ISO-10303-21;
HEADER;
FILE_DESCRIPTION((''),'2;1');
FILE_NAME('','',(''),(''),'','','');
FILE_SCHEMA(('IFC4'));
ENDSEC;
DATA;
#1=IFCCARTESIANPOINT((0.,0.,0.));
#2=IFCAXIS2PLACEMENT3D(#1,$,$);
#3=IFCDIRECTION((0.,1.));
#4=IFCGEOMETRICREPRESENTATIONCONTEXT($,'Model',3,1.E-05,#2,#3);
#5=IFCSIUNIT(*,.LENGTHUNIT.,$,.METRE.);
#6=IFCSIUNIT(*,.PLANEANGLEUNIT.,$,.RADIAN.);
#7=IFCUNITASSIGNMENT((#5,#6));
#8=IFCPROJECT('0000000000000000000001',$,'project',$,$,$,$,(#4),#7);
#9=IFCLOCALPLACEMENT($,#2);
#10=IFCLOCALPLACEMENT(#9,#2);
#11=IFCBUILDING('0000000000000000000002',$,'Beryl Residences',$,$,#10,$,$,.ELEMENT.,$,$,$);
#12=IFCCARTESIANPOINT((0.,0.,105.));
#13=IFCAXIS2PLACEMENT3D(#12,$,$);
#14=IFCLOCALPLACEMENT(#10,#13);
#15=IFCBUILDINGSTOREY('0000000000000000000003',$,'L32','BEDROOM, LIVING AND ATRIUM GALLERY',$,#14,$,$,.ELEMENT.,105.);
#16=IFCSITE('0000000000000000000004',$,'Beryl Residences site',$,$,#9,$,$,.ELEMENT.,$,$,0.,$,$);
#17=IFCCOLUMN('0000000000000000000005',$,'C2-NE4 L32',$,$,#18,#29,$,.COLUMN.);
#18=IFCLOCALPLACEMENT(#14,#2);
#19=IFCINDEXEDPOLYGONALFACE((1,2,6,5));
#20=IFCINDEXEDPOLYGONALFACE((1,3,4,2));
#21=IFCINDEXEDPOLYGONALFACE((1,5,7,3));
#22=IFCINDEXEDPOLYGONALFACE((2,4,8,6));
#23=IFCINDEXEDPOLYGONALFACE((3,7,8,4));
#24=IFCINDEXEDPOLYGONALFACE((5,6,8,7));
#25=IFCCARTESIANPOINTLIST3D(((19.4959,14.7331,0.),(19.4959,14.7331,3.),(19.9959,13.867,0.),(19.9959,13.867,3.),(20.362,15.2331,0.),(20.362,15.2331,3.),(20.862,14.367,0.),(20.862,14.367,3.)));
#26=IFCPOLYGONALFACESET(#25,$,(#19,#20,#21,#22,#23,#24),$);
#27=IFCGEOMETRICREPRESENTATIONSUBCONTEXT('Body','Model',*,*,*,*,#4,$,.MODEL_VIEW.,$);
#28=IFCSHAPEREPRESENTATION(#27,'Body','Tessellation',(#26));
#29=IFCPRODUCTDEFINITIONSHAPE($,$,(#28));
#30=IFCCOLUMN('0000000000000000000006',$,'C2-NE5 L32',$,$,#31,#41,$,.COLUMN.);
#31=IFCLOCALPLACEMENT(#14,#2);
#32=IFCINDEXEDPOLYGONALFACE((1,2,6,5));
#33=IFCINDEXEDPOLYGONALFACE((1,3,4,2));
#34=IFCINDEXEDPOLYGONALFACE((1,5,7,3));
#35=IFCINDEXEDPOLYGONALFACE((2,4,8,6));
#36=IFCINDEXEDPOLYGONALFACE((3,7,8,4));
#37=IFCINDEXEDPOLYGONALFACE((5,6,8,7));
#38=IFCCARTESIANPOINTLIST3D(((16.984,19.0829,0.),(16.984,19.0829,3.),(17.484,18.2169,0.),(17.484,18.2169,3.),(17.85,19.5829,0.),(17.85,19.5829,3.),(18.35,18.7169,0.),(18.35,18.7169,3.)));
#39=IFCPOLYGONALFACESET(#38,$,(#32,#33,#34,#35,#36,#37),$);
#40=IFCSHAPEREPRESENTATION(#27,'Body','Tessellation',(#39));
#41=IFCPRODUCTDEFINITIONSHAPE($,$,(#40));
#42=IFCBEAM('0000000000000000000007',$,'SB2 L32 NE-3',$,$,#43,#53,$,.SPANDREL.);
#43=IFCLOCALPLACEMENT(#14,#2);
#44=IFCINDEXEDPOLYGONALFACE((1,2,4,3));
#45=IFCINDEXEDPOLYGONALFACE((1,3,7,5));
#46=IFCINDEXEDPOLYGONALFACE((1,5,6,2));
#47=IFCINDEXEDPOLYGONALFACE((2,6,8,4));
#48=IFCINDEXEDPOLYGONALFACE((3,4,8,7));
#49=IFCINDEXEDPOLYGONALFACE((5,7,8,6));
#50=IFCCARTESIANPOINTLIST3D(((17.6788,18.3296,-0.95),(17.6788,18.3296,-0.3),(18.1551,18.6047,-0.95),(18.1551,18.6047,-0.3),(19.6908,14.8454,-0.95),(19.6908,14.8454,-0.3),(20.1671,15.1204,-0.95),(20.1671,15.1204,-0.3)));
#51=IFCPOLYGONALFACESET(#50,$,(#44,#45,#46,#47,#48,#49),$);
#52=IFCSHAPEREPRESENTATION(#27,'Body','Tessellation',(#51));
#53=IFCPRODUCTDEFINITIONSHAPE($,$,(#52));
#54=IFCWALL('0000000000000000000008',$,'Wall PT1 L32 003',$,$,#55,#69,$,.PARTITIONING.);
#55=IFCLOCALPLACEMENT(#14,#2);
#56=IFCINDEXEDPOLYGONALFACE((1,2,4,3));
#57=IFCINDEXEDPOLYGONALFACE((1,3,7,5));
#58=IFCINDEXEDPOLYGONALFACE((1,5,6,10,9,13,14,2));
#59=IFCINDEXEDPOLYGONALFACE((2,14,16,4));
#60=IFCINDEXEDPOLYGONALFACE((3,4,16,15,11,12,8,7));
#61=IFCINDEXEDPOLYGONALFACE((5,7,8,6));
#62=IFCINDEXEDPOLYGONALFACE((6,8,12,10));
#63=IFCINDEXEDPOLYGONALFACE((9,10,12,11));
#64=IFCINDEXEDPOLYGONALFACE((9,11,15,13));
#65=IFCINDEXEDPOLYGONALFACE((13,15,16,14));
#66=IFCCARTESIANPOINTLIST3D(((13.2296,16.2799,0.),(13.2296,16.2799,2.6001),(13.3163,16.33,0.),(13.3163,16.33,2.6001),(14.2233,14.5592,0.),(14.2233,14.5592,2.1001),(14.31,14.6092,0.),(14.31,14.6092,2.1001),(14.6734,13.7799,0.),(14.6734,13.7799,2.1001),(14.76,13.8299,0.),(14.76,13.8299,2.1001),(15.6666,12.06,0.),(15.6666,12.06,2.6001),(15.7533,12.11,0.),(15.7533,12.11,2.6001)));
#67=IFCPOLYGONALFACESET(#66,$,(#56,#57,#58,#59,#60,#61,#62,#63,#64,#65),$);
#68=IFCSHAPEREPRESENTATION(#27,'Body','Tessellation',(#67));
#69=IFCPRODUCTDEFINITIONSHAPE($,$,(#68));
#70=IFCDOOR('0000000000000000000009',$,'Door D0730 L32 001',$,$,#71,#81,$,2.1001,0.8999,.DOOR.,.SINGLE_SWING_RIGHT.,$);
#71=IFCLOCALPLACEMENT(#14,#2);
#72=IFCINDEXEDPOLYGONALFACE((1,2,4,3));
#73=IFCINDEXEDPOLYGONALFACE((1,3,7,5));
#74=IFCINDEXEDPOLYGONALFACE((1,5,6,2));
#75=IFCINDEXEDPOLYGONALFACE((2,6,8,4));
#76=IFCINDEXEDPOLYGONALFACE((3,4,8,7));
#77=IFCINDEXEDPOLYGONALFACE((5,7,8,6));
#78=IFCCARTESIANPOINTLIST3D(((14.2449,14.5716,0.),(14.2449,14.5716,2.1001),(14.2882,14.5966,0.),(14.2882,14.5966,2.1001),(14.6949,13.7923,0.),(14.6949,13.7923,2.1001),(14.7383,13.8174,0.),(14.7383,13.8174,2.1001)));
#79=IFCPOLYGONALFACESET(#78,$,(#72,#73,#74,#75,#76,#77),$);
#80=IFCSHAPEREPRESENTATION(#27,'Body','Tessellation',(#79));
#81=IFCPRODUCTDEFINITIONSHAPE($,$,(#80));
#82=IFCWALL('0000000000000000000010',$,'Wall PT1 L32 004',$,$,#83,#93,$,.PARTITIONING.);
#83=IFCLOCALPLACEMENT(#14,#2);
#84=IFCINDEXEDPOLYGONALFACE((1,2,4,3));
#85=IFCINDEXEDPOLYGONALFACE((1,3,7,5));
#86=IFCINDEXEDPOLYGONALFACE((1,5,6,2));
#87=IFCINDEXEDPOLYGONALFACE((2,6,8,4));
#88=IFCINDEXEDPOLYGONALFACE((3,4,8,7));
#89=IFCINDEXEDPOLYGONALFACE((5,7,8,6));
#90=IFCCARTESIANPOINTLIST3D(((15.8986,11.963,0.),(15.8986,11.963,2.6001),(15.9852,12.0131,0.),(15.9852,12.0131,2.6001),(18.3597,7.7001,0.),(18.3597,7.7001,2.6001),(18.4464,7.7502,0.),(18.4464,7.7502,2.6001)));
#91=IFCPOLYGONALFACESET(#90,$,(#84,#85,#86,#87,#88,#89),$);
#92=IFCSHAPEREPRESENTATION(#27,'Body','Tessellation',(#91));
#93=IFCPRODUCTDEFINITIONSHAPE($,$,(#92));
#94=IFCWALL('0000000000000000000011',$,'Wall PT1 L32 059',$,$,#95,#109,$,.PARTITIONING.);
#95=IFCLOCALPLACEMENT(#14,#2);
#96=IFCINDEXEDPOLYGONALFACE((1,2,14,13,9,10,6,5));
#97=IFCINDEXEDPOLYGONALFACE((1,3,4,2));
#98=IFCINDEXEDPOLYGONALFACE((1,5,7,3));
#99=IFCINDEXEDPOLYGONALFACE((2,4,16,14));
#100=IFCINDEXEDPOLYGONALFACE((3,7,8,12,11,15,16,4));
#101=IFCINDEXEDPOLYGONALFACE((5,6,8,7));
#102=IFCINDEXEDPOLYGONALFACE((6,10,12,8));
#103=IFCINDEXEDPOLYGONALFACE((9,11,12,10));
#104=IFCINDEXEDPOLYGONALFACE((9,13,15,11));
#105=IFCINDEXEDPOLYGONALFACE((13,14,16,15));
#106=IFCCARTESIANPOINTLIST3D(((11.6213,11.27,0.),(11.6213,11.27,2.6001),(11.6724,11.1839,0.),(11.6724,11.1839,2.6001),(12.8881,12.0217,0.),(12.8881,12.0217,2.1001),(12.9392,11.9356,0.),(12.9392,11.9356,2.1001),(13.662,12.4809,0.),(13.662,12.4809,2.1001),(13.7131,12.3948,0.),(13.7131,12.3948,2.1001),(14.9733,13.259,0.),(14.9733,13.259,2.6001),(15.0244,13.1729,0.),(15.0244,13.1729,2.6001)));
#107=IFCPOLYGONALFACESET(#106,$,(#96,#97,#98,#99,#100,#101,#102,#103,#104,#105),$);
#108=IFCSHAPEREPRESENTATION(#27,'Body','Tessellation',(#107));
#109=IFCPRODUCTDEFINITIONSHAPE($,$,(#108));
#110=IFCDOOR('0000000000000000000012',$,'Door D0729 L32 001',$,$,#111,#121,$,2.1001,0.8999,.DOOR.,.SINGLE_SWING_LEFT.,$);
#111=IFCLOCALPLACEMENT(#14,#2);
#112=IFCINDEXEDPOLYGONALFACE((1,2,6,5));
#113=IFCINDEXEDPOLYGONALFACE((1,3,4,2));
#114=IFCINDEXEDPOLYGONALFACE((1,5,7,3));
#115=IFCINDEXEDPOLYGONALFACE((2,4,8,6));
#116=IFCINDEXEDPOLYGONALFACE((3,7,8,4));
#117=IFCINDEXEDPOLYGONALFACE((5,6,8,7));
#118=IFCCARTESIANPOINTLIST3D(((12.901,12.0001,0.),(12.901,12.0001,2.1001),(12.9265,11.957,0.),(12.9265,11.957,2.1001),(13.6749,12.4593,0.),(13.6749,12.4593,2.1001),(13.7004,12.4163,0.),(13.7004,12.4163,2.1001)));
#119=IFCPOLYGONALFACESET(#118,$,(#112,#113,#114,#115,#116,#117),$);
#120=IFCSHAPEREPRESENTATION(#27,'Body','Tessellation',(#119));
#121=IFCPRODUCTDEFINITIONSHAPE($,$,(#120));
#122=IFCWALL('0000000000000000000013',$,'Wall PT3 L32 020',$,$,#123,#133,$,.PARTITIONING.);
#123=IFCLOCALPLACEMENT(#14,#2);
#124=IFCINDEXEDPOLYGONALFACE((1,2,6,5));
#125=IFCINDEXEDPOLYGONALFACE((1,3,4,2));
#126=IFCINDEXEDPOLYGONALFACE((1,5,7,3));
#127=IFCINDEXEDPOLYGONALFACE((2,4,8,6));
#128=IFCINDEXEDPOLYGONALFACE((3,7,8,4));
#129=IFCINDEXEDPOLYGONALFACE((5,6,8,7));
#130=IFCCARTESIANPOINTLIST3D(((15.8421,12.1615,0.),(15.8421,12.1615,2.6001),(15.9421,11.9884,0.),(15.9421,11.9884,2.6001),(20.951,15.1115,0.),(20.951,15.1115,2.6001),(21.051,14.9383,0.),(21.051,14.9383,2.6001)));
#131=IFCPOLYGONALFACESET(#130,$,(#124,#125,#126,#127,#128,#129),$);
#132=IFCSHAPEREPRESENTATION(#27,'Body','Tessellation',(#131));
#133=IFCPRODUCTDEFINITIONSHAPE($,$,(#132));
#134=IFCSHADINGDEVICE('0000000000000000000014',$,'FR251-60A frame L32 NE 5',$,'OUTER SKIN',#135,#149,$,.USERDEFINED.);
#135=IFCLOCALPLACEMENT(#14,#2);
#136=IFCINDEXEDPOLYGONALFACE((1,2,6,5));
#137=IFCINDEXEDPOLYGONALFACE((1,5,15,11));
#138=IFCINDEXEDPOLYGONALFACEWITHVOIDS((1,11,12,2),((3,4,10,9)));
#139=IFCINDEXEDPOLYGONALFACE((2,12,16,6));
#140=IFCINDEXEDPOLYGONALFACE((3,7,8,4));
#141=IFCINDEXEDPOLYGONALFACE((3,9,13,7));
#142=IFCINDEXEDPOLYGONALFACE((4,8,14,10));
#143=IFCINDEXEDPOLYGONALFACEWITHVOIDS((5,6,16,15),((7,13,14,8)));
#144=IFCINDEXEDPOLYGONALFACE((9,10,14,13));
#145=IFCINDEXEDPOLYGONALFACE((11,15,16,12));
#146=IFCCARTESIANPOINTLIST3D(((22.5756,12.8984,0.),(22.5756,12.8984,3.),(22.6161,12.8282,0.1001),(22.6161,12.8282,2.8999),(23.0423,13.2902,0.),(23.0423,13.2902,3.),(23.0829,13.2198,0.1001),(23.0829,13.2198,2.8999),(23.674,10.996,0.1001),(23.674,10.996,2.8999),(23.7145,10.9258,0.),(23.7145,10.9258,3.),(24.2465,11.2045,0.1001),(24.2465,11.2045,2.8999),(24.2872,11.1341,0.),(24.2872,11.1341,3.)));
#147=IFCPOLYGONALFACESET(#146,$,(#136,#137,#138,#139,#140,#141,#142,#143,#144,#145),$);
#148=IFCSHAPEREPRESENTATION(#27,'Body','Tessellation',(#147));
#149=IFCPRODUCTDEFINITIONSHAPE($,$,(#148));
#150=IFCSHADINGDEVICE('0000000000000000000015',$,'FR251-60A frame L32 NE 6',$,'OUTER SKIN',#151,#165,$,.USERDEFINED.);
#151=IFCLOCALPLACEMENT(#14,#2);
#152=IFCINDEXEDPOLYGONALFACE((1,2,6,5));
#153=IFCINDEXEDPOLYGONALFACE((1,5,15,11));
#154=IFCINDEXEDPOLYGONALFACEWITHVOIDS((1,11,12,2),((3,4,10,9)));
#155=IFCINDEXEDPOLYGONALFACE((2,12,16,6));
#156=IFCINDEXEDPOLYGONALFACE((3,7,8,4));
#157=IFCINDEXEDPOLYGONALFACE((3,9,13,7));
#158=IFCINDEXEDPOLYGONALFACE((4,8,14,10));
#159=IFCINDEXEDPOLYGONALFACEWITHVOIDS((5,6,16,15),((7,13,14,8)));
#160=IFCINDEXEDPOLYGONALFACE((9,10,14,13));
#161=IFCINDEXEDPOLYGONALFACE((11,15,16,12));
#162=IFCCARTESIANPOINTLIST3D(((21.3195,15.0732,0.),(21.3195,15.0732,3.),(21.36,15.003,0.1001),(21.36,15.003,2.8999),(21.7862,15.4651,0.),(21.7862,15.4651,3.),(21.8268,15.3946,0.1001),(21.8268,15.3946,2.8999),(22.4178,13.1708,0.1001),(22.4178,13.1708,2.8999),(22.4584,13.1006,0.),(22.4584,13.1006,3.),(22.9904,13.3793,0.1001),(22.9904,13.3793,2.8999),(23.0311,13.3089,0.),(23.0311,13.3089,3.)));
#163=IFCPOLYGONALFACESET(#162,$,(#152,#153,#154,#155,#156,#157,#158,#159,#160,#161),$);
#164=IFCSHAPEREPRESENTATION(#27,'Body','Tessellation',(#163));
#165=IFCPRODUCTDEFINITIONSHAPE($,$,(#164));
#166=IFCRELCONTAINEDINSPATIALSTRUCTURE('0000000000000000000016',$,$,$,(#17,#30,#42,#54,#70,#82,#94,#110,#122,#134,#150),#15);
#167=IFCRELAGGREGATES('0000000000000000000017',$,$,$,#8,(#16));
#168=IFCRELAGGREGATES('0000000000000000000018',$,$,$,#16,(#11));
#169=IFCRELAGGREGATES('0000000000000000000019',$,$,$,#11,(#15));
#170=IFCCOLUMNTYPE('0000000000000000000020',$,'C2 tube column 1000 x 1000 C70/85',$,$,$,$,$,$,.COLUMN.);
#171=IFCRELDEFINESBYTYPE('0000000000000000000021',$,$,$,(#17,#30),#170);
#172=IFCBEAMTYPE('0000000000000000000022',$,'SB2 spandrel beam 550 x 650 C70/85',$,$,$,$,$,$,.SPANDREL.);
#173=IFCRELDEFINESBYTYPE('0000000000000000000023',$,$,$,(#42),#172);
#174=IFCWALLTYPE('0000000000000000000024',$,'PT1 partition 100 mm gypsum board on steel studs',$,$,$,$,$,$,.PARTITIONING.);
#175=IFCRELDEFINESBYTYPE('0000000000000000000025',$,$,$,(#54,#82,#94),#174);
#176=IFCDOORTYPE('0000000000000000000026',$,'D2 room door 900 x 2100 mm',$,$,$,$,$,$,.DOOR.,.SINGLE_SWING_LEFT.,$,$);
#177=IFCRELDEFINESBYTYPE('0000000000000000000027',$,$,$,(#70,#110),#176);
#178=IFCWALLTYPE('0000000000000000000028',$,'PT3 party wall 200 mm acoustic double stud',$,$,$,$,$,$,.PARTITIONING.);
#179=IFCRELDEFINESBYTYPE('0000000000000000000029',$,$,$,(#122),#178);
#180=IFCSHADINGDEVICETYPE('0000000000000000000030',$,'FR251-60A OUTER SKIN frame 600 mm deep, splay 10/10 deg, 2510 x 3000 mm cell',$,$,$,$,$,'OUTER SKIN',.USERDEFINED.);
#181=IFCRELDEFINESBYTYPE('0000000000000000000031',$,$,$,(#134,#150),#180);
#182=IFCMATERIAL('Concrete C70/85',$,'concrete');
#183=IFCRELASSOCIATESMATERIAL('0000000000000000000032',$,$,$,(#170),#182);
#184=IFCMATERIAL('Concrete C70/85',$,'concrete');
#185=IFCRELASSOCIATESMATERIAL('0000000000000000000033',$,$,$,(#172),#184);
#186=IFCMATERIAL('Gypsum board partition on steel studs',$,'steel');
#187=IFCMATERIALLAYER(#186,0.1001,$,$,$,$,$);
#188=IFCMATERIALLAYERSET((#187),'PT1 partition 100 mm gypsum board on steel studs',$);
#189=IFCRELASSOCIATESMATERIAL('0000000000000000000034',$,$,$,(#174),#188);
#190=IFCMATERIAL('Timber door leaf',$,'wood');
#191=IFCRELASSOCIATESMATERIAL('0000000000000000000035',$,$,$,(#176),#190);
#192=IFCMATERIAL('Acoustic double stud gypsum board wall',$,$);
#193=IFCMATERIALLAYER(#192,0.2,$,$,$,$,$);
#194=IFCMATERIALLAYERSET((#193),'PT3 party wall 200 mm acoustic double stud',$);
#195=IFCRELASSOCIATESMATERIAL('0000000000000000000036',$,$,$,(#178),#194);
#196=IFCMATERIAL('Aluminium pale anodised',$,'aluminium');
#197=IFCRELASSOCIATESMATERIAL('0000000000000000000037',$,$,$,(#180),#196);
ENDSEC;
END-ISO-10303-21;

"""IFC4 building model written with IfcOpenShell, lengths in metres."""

from ifc_helpers import new_model, entity, si_unit, direction, frame, frame_2d, origin, origin_2d, place, context, subcontext, project, spatial, rectangle, extrude, source, transform, mapped, material, layer, layer_set, material_profile, profile_set, type_object, type_shapes, element, fill, save


model = new_model("IFC4")

# Units and contexts
model_context = context("Model", 3, precision=1e-05, world=origin(), true_north=direction((0.0, 1.0)))
body_context = subcontext(model_context, "Body", "Model", "MODEL_VIEW")
ifc_project = project(units=[si_unit("LENGTHUNIT", "METRE"), si_unit("PLANEANGLEUNIT", "RADIAN")], contexts=[model_context])

# Site, building, storey
site_placement = place(None, origin())
site = spatial("IfcSite", under=ifc_project, at=site_placement, Name="Beryl Residences site", CompositionType="ELEMENT", RefElevation=0.0)
building_placement = place(site_placement, origin())
building = spatial("IfcBuilding", under=site, at=building_placement, Name="Beryl Residences", CompositionType="ELEMENT")
storey_placement = place(building_placement, frame((0.0, 0.0, 105.0)))
storey = spatial("IfcBuildingStorey", under=building, at=storey_placement, Name="L32", Description="BEDROOM, LIVING AND ATRIUM GALLERY", CompositionType="ELEMENT", Elevation=105.0)

# Columns
ifc_material_1 = material(Name="Concrete C70/85", Category="concrete")
ifc_material_profile_1 = material_profile(ifc_material_1, rectangle(XDim=1.0, YDim=1.0, at=origin_2d()))
ifc_profile_set_1 = profile_set([ifc_material_profile_1], Name="Concrete C70/85")
column_type = type_object("IfcColumnType", Name="C2 tube column 1000 x 1000 C70/85", PredefinedType="COLUMN", material=ifc_profile_set_1)
for number, where, z_axis, x_axis, name in (
    (1, (20.179, 14.55, 0.0), (0.0, 0.0, 1.0), (-0.5, 0.866025, 0.0), "C2-NE4 L32"),
    (2, (17.667, 18.8999, 0.0), (0.0, 0.0, 1.0), (-0.5, 0.866025, 0.0), "C2-NE5 L32"),
):
    element("IfcColumn", number, at=place(storey_placement, frame(where, z_axis=z_axis, x_axis=x_axis)), inside=storey, type_object=column_type, Name=name, PredefinedType="COLUMN", context=body_context, shape_type="SweptSolid", body=[
        extrude(rectangle(XDim=1.0, YDim=1.0, at=origin_2d()), origin(), (0.0, 0.0, 1.0), 3.0),
    ])

# Beam
ifc_material_2 = material(Name="Concrete C70/85", Category="concrete")
ifc_material_profile_2 = material_profile(ifc_material_2, rectangle(XDim=0.55, YDim=0.6499, at=origin_2d()))
ifc_profile_set_2 = profile_set([ifc_material_profile_2], Name="Concrete C70/85")
beam_type = type_object("IfcBeamType", Name="SB2 spandrel beam 550 x 650 C70/85", PredefinedType="SPANDREL", material=ifc_profile_set_2)
beam_placement = place(storey_placement, frame((19.929, 14.9829, -0.625), z_axis=(-0.500074, 0.865982, 0.0), x_axis=(-0.865982, -0.500074, 0.0)))
element("IfcBeam", 3, at=beam_placement, inside=storey, type_object=beam_type, Name="SB2 L32 NE-3", PredefinedType="SPANDREL", context=body_context, shape_type="SweptSolid", body=[
    extrude(rectangle(XDim=0.55, YDim=0.6499, at=origin_2d()), origin(), (0.0, 0.0, 1.0), 4.0234),
])

# Wall, opening, door
ifc_material_3 = material(Name="Gypsum board partition on steel studs", Category="steel")
ifc_layer_1 = layer(ifc_material_3, 0.1001)
ifc_layer_set_1 = layer_set([ifc_layer_1], Name="PT1 partition 100 mm gypsum board on steel studs")
wall_type_1 = type_object("IfcWallType", Name="PT1 partition 100 mm gypsum board on steel studs", PredefinedType="PARTITIONING", material=ifc_layer_set_1)
wall_1_placement = place(storey_placement, frame((13.2729, 16.3049, 0.0), z_axis=(0.0, 0.0, 1.0), x_axis=(0.500094, -0.865971, 0.0)))
wall_1 = element("IfcWall", 4, at=wall_1_placement, inside=storey, type_object=wall_type_1, Name="Wall PT1 L32 003", PredefinedType="PARTITIONING", context=body_context, shape_type="SweptSolid", body=[
    extrude(rectangle(XDim=4.873, YDim=0.1001, at=frame_2d((2.4365, 0.0))), origin(), (0.0, 0.0, 1.0), 2.6001),
])
opening_1_placement = place(wall_1_placement, frame((1.9871, 0.0, 0.0)))
opening_1 = element("IfcOpeningElement", 5, at=opening_1_placement, cuts=wall_1, PredefinedType="OPENING", context=body_context, shape_type="SweptSolid", body=[
    extrude(rectangle(XDim=0.8999, YDim=2.1001, at=frame_2d((0.45, 1.05))), frame((0.0, 0.0601, 0.0), z_axis=(0.0, -1.0, 0.0), x_axis=(1.0, 0.0, 0.0)), (0.0, 0.0, 1.0), 0.1201),
])
ifc_material_4 = material(Name="Timber door leaf", Category="wood")
door_type = type_object("IfcDoorType", Name="D2 room door 900 x 2100 mm", OperationType="SINGLE_SWING_LEFT", PredefinedType="DOOR", material=ifc_material_4)
door_1_placement = place(opening_1_placement, origin())
door_1 = element("IfcDoor", 6, at=door_1_placement, inside=storey, type_object=door_type, Name="Door D0730 L32 001", OperationType="SINGLE_SWING_RIGHT", OverallHeight=2.1001, OverallWidth=0.8999, PredefinedType="DOOR", context=body_context, shape_type="SweptSolid", body=[
    extrude(rectangle(XDim=0.8999, YDim=2.1001, at=frame_2d((0.45, 1.05))), frame((0.0, 0.0249, 0.0), z_axis=(0.0, -1.0, 0.0), x_axis=(1.0, 0.0, 0.0)), (0.0, 0.0, 1.0), 0.05),
])
fill(opening_1, door_1)

# Wall
wall_2_placement = place(storey_placement, frame((15.9419, 11.988, 0.0), z_axis=(0.0, 0.0, 1.0), x_axis=(0.499996, -0.866028, 0.0)))
element("IfcWall", 7, at=wall_2_placement, inside=storey, type_object=wall_type_1, Name="Wall PT1 L32 004", PredefinedType="PARTITIONING", context=body_context, shape_type="SweptSolid", body=[
    extrude(rectangle(XDim=4.9224, YDim=0.1001, at=frame_2d((2.4612, 0.0))), origin(), (0.0, 0.0, 1.0), 2.6001),
])

# Wall, opening, door
wall_3_placement = place(storey_placement, frame((11.647, 11.2271, 0.0), z_axis=(0.0, 0.0, 1.0), x_axis=(0.859997, 0.510299, 0.0)))
wall_3 = element("IfcWall", 8, at=wall_3_placement, inside=storey, type_object=wall_type_1, Name="Wall PT1 L32 059", PredefinedType="PARTITIONING", context=body_context, shape_type="SweptSolid", body=[
    extrude(rectangle(XDim=3.8977, YDim=0.1001, at=frame_2d((1.9487, 0.0))), origin(), (0.0, 0.0, 1.0), 2.6001),
])
opening_2_placement = place(wall_3_placement, frame((1.4729, 0.0, 0.0)))
opening_2 = element("IfcOpeningElement", 9, at=opening_2_placement, cuts=wall_3, PredefinedType="OPENING", context=body_context, shape_type="SweptSolid", body=[
    extrude(rectangle(XDim=0.8999, YDim=2.1001, at=frame_2d((0.45, 1.05))), frame((0.0, 0.0601, 0.0), z_axis=(0.0, -1.0, 0.0), x_axis=(1.0, 0.0, 0.0)), (0.0, 0.0, 1.0), 0.1201),
])
door_2_placement = place(opening_2_placement, origin())
door_2 = element("IfcDoor", 10, at=door_2_placement, inside=storey, type_object=door_type, Name="Door D0729 L32 001", OperationType="SINGLE_SWING_LEFT", OverallHeight=2.1001, OverallWidth=0.8999, PredefinedType="DOOR", context=body_context, shape_type="SweptSolid", body=[
    extrude(rectangle(XDim=0.8999, YDim=2.1001, at=frame_2d((0.45, 1.05))), frame((0.0, 0.0249, 0.0), z_axis=(0.0, -1.0, 0.0), x_axis=(1.0, 0.0, 0.0)), (0.0, 0.0, 1.0), 0.05),
])
fill(opening_2, door_2)

# Wall
ifc_material_5 = material(Name="Acoustic double stud gypsum board wall")
ifc_layer_2 = layer(ifc_material_5, 0.2)
ifc_layer_set_2 = layer_set([ifc_layer_2], Name="PT3 party wall 200 mm acoustic double stud")
wall_type_2 = type_object("IfcWallType", Name="PT3 party wall 200 mm acoustic double stud", PredefinedType="PARTITIONING", material=ifc_layer_set_2)
wall_4_placement = place(storey_placement, frame((15.8921, 12.075, 0.0), z_axis=(0.0, 0.0, 1.0), x_axis=(0.866001, 0.500042, 0.0)))
element("IfcWall", 11, at=wall_4_placement, inside=storey, type_object=wall_type_2, Name="Wall PT3 L32 020", PredefinedType="PARTITIONING", context=body_context, shape_type="SweptSolid", body=[
    extrude(rectangle(XDim=5.8994, YDim=0.2, at=frame_2d((2.9497, 0.0))), origin(), (0.0, 0.0, 1.0), 2.6001),
])

# Shading devices
ifc_material_6 = material(Name="Aluminium pale anodised", Category="aluminium")
shading_device_type = type_object("IfcShadingDeviceType", Name="FR251-60A OUTER SKIN frame 600 mm deep, splay 10/10 deg, 2510 x 3000 mm cell", ElementType="OUTER SKIN", PredefinedType="USERDEFINED", material=ifc_material_6)
cartesian_point_1 = entity("IfcCartesianPoint", [-1.1389, 0.0])
cartesian_point_2 = entity("IfcCartesianPoint", [-1.0579, 0.1001])
cartesian_point_3 = entity("IfcCartesianPoint", [-1.2449, 0.0])
cartesian_point_4 = entity("IfcCartesianPoint", [-1.1636, 0.1001])
shared_shape_1 = source(origin(), body_context, "Body", "SweptSolid", [
    entity("IfcExtrudedAreaSolidTapered", entity("IfcArbitraryProfileDefWithVoids", "AREA", None, entity("IfcPolyline", [cartesian_point_1, entity("IfcCartesianPoint", [1.1389, 0.0]), entity("IfcCartesianPoint", [1.1389, 3.0]), entity("IfcCartesianPoint", [-1.1389, 3.0]), cartesian_point_1]), [entity("IfcPolyline", [cartesian_point_2, entity("IfcCartesianPoint", [1.0579, 0.1001]), entity("IfcCartesianPoint", [1.0579, 2.8999]), entity("IfcCartesianPoint", [-1.0579, 2.8999]), cartesian_point_2])]), entity("IfcAxis2Placement3D", entity("IfcCartesianPoint", [0.0, 0.0, 0.0]), entity("IfcDirection", [0.0, 1.0, 0.0]), entity("IfcDirection", [-1.0, 0.0, 0.0])), entity("IfcDirection", [0.0, 0.0, 1.0]), 0.6001, entity("IfcArbitraryProfileDefWithVoids", "AREA", None, entity("IfcPolyline", [cartesian_point_3, entity("IfcCartesianPoint", [1.2449, 0.0]), entity("IfcCartesianPoint", [1.2449, 3.0]), entity("IfcCartesianPoint", [-1.2449, 3.0]), cartesian_point_3]), [entity("IfcPolyline", [cartesian_point_4, entity("IfcCartesianPoint", [1.1636, 0.1001]), entity("IfcCartesianPoint", [1.1636, 2.8999]), entity("IfcCartesianPoint", [-1.1636, 2.8999]), cartesian_point_4])])),
])
type_shapes(shading_device_type, [shared_shape_1])
for number, where, z_axis, x_axis, name in (
    (12, (23.145, 11.9121, 0.0), (0.0, 0.0, 1.0), (0.5, -0.866025, 0.0), "FR251-60A frame L32 NE 5"),
    (13, (21.8889, 14.0869, 0.0), (0.0, 0.0, 1.0), (0.5, -0.866025, 0.0), "FR251-60A frame L32 NE 6"),
):
    element("IfcShadingDevice", number, at=place(storey_placement, frame(where, z_axis=z_axis, x_axis=x_axis)), inside=storey, type_object=shading_device_type, Name=name, ObjectType="OUTER SKIN", PredefinedType="USERDEFINED", context=body_context, shape_type="MappedRepresentation", body=[
        mapped(shared_shape_1, transform((0.0, 0.0, 0.0))),
    ])

save(model, "model.ifc")
